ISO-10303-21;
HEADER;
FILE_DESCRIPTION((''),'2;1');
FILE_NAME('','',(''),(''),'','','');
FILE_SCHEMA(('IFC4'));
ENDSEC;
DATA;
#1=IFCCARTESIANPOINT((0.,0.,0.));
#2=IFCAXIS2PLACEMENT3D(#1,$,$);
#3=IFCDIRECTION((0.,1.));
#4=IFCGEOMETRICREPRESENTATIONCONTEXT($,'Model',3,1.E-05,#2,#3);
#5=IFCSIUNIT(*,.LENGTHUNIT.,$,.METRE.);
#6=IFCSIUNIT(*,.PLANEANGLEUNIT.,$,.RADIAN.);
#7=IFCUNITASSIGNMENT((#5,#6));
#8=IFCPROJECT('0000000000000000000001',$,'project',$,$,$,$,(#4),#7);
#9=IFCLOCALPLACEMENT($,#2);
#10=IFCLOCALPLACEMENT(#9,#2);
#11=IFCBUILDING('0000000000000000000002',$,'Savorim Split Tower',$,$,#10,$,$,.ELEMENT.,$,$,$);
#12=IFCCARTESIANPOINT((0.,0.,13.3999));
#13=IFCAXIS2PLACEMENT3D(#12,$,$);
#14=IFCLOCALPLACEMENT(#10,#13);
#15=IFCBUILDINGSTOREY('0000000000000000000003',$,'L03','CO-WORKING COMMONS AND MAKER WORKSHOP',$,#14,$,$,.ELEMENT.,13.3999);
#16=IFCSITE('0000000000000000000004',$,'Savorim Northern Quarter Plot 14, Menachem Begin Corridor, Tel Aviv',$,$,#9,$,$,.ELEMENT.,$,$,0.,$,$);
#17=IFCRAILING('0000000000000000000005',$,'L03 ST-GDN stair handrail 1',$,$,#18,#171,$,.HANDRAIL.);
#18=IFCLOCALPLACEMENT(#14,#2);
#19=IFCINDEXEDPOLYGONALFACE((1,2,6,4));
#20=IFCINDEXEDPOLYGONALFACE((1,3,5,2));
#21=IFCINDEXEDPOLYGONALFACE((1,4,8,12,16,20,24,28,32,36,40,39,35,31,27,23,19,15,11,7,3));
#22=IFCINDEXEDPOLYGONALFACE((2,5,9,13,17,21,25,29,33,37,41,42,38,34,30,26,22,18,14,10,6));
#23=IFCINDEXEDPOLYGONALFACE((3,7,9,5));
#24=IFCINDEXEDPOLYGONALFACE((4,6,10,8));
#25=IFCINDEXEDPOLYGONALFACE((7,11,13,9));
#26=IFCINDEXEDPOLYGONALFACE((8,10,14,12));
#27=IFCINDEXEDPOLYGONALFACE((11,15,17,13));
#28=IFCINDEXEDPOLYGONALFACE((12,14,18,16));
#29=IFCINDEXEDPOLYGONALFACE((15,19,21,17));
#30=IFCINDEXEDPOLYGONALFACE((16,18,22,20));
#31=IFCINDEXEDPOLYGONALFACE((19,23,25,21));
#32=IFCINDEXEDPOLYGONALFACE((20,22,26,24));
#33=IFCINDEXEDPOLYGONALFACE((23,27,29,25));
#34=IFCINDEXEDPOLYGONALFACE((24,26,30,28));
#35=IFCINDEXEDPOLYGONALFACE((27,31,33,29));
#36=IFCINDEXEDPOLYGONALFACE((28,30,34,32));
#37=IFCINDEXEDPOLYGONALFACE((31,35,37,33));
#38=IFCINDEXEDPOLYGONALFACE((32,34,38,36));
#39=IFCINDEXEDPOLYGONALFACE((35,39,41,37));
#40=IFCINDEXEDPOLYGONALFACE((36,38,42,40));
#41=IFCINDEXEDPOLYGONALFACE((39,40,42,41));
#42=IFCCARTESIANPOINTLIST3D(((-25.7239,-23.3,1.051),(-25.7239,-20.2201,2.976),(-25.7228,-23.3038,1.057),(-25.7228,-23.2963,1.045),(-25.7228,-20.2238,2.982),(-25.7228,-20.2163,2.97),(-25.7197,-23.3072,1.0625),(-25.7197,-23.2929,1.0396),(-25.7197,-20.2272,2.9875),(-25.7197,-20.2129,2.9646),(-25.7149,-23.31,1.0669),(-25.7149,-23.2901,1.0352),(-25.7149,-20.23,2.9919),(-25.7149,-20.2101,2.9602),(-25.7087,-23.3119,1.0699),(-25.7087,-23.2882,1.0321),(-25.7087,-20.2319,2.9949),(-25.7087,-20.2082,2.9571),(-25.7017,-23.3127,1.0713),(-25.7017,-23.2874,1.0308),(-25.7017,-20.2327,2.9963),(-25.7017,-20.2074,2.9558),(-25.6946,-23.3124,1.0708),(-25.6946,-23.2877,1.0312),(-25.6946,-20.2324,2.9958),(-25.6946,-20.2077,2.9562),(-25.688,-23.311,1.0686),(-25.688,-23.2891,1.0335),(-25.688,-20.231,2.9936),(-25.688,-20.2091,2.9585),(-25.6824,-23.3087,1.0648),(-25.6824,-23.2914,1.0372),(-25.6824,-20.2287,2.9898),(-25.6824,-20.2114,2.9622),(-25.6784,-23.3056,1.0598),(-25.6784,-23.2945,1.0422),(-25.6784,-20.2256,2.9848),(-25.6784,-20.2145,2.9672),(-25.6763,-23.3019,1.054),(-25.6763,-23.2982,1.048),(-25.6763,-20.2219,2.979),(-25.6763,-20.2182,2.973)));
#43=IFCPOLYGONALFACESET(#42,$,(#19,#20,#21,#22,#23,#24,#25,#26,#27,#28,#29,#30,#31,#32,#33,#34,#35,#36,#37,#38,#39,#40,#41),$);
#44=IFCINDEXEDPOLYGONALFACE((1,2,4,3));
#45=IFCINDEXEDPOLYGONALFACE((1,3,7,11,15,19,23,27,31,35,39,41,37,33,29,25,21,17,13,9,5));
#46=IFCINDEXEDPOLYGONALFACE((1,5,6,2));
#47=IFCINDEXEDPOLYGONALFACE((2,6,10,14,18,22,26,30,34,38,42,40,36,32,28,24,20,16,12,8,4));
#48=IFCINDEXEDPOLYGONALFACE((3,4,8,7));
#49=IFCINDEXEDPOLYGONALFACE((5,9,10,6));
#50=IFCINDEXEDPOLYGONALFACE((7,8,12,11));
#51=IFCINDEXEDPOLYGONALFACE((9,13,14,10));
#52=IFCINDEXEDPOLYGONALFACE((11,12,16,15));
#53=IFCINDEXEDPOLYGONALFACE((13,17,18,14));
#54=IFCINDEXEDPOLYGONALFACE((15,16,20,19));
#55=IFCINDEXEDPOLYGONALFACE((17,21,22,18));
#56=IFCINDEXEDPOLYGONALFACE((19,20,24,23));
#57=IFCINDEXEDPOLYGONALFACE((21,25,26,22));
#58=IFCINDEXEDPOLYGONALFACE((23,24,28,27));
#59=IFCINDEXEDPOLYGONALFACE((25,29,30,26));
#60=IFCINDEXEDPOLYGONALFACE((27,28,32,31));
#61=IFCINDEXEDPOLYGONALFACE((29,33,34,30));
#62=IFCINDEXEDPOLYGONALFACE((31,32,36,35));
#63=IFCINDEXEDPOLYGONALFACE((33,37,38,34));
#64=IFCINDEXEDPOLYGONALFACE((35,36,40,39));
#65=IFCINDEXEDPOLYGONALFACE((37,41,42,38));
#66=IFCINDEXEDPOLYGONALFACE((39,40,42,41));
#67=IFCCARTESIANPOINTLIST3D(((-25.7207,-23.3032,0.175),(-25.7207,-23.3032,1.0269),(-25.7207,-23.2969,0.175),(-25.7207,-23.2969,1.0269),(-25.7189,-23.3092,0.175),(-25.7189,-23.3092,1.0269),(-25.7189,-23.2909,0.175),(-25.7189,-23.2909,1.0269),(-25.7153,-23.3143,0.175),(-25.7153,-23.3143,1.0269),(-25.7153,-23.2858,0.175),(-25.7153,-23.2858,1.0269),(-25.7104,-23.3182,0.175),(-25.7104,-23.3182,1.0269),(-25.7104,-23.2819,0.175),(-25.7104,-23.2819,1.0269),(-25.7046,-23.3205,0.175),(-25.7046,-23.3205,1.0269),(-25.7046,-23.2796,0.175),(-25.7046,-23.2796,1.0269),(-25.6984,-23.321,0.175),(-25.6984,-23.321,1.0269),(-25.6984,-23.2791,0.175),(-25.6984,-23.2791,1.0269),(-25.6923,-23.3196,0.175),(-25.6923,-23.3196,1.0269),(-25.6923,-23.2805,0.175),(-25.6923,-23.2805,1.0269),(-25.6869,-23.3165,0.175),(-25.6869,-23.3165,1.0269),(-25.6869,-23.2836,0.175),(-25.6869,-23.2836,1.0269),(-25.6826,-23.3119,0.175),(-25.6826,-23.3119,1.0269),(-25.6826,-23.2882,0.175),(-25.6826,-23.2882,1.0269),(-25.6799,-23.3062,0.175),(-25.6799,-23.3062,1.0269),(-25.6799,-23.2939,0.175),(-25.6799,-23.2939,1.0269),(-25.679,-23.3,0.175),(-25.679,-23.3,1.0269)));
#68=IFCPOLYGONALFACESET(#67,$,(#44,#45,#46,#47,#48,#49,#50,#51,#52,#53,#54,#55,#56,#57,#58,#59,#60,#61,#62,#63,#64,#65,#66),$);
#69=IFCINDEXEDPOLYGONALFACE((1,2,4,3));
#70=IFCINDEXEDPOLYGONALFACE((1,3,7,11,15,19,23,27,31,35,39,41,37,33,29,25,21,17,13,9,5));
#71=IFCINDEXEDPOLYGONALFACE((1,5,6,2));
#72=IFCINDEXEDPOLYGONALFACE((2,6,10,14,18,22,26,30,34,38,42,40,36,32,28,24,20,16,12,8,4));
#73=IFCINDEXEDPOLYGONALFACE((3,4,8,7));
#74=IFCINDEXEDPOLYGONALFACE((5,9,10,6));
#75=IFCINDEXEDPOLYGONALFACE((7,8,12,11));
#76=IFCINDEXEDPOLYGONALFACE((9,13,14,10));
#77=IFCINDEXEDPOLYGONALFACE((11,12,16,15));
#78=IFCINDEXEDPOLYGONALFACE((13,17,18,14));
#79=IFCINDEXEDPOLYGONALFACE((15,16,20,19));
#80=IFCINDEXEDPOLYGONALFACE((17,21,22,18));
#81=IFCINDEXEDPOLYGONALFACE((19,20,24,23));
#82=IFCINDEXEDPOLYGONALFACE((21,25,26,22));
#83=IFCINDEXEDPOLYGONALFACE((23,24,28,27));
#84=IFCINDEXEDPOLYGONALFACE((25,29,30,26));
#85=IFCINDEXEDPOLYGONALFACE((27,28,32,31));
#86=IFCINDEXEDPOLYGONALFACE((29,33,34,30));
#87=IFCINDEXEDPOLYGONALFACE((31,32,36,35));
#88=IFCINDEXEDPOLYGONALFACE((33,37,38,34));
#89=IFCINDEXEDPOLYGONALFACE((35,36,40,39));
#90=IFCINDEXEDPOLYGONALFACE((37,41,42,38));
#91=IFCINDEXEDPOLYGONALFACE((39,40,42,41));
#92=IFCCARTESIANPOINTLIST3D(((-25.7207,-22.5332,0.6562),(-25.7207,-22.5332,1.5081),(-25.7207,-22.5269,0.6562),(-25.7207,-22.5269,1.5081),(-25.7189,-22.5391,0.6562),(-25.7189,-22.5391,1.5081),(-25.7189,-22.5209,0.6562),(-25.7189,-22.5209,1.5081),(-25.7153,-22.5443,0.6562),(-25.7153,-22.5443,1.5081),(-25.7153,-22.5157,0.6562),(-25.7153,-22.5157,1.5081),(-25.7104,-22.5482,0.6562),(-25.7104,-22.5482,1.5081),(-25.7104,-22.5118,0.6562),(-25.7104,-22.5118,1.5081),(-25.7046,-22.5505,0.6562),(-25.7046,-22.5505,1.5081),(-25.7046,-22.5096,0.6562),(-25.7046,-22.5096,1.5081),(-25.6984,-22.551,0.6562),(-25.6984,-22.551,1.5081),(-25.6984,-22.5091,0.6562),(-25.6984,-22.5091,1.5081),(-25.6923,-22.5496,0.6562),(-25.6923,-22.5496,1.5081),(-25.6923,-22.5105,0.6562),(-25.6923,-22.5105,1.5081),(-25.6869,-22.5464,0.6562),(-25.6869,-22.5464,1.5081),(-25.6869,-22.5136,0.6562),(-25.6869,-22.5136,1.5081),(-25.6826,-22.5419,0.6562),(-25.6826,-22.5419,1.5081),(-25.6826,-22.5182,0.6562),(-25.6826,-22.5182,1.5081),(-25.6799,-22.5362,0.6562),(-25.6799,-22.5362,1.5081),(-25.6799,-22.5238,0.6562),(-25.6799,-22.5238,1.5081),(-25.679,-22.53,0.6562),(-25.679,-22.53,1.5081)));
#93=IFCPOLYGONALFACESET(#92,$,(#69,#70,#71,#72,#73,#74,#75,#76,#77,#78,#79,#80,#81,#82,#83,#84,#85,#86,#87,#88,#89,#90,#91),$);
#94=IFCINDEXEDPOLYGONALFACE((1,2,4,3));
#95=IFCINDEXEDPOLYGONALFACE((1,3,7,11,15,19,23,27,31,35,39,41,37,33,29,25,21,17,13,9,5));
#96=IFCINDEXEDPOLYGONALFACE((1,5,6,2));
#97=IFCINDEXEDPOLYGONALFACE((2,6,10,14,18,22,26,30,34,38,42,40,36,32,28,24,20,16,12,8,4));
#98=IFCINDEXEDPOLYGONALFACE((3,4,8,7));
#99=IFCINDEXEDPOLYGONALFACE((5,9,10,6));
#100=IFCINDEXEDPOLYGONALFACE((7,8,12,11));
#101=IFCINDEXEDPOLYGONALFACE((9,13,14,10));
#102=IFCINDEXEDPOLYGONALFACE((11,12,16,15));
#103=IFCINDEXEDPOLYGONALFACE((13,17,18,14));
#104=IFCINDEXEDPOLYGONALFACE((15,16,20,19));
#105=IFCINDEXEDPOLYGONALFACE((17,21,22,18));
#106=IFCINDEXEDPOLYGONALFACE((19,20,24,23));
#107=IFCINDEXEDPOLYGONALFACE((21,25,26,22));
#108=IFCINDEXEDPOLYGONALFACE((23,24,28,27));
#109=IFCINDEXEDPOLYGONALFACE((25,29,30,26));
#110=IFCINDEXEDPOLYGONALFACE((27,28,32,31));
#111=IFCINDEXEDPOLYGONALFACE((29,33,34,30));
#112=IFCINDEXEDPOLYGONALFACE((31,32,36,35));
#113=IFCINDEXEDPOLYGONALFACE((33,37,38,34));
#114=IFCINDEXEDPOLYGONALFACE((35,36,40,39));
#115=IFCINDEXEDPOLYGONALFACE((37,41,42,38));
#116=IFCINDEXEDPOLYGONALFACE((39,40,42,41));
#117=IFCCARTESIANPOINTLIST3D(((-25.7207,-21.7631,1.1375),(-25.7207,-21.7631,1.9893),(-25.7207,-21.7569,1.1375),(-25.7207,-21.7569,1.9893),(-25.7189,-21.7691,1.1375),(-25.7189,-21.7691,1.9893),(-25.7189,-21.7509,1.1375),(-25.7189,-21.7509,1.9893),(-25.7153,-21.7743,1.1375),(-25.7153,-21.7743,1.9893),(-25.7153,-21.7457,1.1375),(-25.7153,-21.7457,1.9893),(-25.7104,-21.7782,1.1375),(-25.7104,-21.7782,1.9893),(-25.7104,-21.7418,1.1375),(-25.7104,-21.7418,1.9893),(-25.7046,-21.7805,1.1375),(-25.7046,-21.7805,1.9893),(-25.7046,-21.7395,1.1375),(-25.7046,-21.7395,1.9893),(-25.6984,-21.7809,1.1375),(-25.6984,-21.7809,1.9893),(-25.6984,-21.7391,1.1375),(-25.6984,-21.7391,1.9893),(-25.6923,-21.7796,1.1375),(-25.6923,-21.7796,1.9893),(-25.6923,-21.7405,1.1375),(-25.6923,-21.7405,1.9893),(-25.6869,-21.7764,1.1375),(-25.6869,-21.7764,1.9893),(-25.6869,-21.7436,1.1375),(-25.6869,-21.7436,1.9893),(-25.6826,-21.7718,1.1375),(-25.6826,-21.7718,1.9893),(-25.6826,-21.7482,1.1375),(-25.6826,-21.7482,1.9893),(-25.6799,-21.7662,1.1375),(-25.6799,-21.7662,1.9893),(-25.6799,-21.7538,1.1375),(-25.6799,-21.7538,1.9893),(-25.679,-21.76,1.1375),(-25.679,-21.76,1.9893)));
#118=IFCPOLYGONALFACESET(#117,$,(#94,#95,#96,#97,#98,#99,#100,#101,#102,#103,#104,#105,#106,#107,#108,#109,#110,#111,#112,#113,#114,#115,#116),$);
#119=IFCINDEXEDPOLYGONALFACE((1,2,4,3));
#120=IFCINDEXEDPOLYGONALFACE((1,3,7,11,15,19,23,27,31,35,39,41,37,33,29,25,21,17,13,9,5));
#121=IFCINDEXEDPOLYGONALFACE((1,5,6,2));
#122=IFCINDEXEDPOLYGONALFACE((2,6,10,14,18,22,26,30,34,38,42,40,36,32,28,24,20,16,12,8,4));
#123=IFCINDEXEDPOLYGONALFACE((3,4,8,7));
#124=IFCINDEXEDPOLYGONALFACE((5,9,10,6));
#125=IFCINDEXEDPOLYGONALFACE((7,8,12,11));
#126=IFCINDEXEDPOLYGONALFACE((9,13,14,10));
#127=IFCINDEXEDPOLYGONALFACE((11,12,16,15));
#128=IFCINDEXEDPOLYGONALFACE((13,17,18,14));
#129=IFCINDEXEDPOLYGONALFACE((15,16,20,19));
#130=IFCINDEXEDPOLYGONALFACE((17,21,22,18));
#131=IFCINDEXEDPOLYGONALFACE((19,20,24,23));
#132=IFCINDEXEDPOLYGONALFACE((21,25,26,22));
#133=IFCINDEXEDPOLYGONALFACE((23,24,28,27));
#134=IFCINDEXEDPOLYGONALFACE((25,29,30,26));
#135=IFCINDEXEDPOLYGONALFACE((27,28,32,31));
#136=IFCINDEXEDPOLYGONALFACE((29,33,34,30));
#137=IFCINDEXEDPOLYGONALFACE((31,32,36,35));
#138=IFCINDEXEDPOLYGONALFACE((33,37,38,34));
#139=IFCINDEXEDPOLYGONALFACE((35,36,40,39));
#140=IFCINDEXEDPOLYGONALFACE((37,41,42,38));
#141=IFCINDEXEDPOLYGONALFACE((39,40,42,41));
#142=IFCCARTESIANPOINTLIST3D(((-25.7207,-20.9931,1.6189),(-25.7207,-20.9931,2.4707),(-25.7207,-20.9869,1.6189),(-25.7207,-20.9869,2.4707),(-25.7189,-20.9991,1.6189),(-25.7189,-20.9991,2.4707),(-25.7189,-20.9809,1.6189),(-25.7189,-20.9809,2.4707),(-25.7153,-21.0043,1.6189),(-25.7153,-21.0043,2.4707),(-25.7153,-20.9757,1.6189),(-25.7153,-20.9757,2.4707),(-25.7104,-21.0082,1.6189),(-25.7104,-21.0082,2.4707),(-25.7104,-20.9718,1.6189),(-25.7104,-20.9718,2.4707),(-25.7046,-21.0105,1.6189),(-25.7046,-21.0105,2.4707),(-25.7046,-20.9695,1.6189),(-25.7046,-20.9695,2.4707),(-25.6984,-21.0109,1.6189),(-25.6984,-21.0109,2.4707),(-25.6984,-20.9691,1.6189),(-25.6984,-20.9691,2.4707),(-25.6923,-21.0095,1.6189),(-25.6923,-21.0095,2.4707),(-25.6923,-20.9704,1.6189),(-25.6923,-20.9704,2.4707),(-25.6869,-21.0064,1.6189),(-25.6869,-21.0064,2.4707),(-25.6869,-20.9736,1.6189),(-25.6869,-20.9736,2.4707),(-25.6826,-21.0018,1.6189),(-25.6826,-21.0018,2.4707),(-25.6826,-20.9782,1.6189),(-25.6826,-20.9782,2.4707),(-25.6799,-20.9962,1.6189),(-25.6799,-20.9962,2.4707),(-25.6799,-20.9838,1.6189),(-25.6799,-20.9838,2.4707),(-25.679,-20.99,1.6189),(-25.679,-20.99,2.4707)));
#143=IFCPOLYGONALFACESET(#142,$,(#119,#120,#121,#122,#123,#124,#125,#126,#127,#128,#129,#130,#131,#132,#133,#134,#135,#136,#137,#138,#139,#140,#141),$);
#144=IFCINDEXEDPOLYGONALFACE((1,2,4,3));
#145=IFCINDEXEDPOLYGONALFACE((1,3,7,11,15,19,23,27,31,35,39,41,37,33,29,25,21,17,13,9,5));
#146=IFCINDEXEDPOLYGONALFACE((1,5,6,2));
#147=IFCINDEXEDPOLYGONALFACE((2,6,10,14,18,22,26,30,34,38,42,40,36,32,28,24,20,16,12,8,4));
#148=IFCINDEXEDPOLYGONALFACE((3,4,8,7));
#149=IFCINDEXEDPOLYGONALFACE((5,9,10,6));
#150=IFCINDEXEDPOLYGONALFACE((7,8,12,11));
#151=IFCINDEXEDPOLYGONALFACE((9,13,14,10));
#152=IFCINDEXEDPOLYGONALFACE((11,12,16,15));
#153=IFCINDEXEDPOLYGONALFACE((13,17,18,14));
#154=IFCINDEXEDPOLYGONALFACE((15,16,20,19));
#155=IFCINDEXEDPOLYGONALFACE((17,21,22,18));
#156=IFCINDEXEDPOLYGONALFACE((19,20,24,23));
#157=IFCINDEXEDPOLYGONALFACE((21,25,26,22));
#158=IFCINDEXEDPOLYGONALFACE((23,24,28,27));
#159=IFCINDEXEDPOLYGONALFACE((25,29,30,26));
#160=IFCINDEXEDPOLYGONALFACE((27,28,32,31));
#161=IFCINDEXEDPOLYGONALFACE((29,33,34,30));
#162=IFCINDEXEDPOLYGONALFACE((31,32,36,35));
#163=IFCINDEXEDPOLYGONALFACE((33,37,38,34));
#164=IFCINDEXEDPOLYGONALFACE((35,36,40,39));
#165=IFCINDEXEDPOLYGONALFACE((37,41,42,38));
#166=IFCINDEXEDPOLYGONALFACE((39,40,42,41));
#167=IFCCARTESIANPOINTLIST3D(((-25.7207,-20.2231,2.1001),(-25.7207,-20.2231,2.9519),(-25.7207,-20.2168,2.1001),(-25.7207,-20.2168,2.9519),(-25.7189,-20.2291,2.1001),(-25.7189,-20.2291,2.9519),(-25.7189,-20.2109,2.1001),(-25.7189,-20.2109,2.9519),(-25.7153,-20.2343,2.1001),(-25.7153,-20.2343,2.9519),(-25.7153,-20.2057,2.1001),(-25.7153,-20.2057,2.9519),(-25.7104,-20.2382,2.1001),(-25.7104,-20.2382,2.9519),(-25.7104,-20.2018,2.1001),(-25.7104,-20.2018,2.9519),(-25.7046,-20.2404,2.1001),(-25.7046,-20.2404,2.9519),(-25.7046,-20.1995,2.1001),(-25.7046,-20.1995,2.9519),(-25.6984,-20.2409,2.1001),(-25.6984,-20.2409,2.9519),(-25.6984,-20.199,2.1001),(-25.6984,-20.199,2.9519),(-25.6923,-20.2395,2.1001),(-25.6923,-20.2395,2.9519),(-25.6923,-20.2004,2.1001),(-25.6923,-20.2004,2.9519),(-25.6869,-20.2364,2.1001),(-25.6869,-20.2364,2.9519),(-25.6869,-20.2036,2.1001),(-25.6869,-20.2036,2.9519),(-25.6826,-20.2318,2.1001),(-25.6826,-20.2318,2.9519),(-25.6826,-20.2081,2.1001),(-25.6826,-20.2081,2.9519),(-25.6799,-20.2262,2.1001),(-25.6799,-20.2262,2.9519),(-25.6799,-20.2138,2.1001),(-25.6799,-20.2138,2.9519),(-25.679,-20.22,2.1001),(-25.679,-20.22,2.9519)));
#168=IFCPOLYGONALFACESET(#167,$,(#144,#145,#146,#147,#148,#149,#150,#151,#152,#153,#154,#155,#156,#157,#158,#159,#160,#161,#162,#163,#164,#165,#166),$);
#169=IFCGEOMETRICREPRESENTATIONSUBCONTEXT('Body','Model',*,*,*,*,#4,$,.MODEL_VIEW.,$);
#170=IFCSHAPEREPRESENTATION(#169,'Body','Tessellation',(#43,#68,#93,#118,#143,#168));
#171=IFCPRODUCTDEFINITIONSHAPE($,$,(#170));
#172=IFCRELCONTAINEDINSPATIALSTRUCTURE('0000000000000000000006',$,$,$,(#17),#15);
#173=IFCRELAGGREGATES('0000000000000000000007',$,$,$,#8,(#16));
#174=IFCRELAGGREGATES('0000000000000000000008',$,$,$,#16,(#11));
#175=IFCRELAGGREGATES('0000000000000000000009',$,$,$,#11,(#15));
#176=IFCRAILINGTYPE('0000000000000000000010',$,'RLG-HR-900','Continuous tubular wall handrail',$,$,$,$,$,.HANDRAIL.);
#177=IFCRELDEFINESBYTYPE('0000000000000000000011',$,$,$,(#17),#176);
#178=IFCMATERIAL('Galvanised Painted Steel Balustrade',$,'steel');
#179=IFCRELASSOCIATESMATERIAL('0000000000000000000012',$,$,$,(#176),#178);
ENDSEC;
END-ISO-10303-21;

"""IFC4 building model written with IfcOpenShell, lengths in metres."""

from ifc_helpers import new_model, si_unit, direction, frame, origin, origin_2d, place, context, subcontext, project, spatial, circle, extrude, material, type_object, element, save


model = new_model("IFC4")

# Units and contexts
model_context = context("Model", 3, precision=1e-05, world=origin(), true_north=direction((0.0, 1.0)))
body_context = subcontext(model_context, "Body", "Model", "MODEL_VIEW")
ifc_project = project(units=[si_unit("LENGTHUNIT", "METRE"), si_unit("PLANEANGLEUNIT", "RADIAN")], contexts=[model_context])

# Site, building, storey
site_placement = place(None, origin())
site = spatial("IfcSite", under=ifc_project, at=site_placement, Name="Savorim Northern Quarter Plot 14, Menachem Begin Corridor, Tel Aviv", CompositionType="ELEMENT", RefElevation=0.0)
building_placement = place(site_placement, origin())
building = spatial("IfcBuilding", under=site, at=building_placement, Name="Savorim Split Tower", CompositionType="ELEMENT")
storey_placement = place(building_placement, frame((0.0, 0.0, 13.3999)))
storey = spatial("IfcBuildingStorey", under=building, at=storey_placement, Name="L03", Description="CO-WORKING COMMONS AND MAKER WORKSHOP", CompositionType="ELEMENT", Elevation=13.3999)

# Railing
ifc_material_1 = material(Name="Galvanised Painted Steel Balustrade", Category="steel")
railing_type_1 = type_object("IfcRailingType", Name="RLG-HR-900", Description="Continuous tubular wall handrail", PredefinedType="HANDRAIL", material=ifc_material_1)
railing_1_placement = place(storey_placement, frame((-25.7, -23.3, 0.175)))
element("IfcRailing", 1, at=railing_1_placement, inside=storey, type_object=railing_type_1, Name="L03 ST-GDN stair handrail 1", PredefinedType="HANDRAIL", context=body_context, shape_type="SweptSolid", body=[
    extrude(circle(Radius=0.0239, at=origin_2d()), frame((0.0, 0.0, 0.876), z_axis=(0.0, 0.847998, 0.529999), x_axis=(-1.0, 0.0, 0.0)), (0.0, 0.0, 1.0), 3.6321),
    extrude(circle(Radius=0.021, at=origin_2d()), origin(), (0.0, 0.0, 1.0), 0.8518),
    extrude(circle(Radius=0.021, at=origin_2d()), frame((0.0, 0.77, 0.4812)), (0.0, 0.0, 1.0), 0.8518),
    extrude(circle(Radius=0.021, at=origin_2d()), frame((0.0, 1.54, 0.9624)), (0.0, 0.0, 1.0), 0.8518),
    extrude(circle(Radius=0.021, at=origin_2d()), frame((0.0, 2.3101, 1.4438)), (0.0, 0.0, 1.0), 0.8518),
    extrude(circle(Radius=0.021, at=origin_2d()), frame((0.0, 3.0801, 1.925)), (0.0, 0.0, 1.0), 0.8518),
])

save(model, "model.ifc")
